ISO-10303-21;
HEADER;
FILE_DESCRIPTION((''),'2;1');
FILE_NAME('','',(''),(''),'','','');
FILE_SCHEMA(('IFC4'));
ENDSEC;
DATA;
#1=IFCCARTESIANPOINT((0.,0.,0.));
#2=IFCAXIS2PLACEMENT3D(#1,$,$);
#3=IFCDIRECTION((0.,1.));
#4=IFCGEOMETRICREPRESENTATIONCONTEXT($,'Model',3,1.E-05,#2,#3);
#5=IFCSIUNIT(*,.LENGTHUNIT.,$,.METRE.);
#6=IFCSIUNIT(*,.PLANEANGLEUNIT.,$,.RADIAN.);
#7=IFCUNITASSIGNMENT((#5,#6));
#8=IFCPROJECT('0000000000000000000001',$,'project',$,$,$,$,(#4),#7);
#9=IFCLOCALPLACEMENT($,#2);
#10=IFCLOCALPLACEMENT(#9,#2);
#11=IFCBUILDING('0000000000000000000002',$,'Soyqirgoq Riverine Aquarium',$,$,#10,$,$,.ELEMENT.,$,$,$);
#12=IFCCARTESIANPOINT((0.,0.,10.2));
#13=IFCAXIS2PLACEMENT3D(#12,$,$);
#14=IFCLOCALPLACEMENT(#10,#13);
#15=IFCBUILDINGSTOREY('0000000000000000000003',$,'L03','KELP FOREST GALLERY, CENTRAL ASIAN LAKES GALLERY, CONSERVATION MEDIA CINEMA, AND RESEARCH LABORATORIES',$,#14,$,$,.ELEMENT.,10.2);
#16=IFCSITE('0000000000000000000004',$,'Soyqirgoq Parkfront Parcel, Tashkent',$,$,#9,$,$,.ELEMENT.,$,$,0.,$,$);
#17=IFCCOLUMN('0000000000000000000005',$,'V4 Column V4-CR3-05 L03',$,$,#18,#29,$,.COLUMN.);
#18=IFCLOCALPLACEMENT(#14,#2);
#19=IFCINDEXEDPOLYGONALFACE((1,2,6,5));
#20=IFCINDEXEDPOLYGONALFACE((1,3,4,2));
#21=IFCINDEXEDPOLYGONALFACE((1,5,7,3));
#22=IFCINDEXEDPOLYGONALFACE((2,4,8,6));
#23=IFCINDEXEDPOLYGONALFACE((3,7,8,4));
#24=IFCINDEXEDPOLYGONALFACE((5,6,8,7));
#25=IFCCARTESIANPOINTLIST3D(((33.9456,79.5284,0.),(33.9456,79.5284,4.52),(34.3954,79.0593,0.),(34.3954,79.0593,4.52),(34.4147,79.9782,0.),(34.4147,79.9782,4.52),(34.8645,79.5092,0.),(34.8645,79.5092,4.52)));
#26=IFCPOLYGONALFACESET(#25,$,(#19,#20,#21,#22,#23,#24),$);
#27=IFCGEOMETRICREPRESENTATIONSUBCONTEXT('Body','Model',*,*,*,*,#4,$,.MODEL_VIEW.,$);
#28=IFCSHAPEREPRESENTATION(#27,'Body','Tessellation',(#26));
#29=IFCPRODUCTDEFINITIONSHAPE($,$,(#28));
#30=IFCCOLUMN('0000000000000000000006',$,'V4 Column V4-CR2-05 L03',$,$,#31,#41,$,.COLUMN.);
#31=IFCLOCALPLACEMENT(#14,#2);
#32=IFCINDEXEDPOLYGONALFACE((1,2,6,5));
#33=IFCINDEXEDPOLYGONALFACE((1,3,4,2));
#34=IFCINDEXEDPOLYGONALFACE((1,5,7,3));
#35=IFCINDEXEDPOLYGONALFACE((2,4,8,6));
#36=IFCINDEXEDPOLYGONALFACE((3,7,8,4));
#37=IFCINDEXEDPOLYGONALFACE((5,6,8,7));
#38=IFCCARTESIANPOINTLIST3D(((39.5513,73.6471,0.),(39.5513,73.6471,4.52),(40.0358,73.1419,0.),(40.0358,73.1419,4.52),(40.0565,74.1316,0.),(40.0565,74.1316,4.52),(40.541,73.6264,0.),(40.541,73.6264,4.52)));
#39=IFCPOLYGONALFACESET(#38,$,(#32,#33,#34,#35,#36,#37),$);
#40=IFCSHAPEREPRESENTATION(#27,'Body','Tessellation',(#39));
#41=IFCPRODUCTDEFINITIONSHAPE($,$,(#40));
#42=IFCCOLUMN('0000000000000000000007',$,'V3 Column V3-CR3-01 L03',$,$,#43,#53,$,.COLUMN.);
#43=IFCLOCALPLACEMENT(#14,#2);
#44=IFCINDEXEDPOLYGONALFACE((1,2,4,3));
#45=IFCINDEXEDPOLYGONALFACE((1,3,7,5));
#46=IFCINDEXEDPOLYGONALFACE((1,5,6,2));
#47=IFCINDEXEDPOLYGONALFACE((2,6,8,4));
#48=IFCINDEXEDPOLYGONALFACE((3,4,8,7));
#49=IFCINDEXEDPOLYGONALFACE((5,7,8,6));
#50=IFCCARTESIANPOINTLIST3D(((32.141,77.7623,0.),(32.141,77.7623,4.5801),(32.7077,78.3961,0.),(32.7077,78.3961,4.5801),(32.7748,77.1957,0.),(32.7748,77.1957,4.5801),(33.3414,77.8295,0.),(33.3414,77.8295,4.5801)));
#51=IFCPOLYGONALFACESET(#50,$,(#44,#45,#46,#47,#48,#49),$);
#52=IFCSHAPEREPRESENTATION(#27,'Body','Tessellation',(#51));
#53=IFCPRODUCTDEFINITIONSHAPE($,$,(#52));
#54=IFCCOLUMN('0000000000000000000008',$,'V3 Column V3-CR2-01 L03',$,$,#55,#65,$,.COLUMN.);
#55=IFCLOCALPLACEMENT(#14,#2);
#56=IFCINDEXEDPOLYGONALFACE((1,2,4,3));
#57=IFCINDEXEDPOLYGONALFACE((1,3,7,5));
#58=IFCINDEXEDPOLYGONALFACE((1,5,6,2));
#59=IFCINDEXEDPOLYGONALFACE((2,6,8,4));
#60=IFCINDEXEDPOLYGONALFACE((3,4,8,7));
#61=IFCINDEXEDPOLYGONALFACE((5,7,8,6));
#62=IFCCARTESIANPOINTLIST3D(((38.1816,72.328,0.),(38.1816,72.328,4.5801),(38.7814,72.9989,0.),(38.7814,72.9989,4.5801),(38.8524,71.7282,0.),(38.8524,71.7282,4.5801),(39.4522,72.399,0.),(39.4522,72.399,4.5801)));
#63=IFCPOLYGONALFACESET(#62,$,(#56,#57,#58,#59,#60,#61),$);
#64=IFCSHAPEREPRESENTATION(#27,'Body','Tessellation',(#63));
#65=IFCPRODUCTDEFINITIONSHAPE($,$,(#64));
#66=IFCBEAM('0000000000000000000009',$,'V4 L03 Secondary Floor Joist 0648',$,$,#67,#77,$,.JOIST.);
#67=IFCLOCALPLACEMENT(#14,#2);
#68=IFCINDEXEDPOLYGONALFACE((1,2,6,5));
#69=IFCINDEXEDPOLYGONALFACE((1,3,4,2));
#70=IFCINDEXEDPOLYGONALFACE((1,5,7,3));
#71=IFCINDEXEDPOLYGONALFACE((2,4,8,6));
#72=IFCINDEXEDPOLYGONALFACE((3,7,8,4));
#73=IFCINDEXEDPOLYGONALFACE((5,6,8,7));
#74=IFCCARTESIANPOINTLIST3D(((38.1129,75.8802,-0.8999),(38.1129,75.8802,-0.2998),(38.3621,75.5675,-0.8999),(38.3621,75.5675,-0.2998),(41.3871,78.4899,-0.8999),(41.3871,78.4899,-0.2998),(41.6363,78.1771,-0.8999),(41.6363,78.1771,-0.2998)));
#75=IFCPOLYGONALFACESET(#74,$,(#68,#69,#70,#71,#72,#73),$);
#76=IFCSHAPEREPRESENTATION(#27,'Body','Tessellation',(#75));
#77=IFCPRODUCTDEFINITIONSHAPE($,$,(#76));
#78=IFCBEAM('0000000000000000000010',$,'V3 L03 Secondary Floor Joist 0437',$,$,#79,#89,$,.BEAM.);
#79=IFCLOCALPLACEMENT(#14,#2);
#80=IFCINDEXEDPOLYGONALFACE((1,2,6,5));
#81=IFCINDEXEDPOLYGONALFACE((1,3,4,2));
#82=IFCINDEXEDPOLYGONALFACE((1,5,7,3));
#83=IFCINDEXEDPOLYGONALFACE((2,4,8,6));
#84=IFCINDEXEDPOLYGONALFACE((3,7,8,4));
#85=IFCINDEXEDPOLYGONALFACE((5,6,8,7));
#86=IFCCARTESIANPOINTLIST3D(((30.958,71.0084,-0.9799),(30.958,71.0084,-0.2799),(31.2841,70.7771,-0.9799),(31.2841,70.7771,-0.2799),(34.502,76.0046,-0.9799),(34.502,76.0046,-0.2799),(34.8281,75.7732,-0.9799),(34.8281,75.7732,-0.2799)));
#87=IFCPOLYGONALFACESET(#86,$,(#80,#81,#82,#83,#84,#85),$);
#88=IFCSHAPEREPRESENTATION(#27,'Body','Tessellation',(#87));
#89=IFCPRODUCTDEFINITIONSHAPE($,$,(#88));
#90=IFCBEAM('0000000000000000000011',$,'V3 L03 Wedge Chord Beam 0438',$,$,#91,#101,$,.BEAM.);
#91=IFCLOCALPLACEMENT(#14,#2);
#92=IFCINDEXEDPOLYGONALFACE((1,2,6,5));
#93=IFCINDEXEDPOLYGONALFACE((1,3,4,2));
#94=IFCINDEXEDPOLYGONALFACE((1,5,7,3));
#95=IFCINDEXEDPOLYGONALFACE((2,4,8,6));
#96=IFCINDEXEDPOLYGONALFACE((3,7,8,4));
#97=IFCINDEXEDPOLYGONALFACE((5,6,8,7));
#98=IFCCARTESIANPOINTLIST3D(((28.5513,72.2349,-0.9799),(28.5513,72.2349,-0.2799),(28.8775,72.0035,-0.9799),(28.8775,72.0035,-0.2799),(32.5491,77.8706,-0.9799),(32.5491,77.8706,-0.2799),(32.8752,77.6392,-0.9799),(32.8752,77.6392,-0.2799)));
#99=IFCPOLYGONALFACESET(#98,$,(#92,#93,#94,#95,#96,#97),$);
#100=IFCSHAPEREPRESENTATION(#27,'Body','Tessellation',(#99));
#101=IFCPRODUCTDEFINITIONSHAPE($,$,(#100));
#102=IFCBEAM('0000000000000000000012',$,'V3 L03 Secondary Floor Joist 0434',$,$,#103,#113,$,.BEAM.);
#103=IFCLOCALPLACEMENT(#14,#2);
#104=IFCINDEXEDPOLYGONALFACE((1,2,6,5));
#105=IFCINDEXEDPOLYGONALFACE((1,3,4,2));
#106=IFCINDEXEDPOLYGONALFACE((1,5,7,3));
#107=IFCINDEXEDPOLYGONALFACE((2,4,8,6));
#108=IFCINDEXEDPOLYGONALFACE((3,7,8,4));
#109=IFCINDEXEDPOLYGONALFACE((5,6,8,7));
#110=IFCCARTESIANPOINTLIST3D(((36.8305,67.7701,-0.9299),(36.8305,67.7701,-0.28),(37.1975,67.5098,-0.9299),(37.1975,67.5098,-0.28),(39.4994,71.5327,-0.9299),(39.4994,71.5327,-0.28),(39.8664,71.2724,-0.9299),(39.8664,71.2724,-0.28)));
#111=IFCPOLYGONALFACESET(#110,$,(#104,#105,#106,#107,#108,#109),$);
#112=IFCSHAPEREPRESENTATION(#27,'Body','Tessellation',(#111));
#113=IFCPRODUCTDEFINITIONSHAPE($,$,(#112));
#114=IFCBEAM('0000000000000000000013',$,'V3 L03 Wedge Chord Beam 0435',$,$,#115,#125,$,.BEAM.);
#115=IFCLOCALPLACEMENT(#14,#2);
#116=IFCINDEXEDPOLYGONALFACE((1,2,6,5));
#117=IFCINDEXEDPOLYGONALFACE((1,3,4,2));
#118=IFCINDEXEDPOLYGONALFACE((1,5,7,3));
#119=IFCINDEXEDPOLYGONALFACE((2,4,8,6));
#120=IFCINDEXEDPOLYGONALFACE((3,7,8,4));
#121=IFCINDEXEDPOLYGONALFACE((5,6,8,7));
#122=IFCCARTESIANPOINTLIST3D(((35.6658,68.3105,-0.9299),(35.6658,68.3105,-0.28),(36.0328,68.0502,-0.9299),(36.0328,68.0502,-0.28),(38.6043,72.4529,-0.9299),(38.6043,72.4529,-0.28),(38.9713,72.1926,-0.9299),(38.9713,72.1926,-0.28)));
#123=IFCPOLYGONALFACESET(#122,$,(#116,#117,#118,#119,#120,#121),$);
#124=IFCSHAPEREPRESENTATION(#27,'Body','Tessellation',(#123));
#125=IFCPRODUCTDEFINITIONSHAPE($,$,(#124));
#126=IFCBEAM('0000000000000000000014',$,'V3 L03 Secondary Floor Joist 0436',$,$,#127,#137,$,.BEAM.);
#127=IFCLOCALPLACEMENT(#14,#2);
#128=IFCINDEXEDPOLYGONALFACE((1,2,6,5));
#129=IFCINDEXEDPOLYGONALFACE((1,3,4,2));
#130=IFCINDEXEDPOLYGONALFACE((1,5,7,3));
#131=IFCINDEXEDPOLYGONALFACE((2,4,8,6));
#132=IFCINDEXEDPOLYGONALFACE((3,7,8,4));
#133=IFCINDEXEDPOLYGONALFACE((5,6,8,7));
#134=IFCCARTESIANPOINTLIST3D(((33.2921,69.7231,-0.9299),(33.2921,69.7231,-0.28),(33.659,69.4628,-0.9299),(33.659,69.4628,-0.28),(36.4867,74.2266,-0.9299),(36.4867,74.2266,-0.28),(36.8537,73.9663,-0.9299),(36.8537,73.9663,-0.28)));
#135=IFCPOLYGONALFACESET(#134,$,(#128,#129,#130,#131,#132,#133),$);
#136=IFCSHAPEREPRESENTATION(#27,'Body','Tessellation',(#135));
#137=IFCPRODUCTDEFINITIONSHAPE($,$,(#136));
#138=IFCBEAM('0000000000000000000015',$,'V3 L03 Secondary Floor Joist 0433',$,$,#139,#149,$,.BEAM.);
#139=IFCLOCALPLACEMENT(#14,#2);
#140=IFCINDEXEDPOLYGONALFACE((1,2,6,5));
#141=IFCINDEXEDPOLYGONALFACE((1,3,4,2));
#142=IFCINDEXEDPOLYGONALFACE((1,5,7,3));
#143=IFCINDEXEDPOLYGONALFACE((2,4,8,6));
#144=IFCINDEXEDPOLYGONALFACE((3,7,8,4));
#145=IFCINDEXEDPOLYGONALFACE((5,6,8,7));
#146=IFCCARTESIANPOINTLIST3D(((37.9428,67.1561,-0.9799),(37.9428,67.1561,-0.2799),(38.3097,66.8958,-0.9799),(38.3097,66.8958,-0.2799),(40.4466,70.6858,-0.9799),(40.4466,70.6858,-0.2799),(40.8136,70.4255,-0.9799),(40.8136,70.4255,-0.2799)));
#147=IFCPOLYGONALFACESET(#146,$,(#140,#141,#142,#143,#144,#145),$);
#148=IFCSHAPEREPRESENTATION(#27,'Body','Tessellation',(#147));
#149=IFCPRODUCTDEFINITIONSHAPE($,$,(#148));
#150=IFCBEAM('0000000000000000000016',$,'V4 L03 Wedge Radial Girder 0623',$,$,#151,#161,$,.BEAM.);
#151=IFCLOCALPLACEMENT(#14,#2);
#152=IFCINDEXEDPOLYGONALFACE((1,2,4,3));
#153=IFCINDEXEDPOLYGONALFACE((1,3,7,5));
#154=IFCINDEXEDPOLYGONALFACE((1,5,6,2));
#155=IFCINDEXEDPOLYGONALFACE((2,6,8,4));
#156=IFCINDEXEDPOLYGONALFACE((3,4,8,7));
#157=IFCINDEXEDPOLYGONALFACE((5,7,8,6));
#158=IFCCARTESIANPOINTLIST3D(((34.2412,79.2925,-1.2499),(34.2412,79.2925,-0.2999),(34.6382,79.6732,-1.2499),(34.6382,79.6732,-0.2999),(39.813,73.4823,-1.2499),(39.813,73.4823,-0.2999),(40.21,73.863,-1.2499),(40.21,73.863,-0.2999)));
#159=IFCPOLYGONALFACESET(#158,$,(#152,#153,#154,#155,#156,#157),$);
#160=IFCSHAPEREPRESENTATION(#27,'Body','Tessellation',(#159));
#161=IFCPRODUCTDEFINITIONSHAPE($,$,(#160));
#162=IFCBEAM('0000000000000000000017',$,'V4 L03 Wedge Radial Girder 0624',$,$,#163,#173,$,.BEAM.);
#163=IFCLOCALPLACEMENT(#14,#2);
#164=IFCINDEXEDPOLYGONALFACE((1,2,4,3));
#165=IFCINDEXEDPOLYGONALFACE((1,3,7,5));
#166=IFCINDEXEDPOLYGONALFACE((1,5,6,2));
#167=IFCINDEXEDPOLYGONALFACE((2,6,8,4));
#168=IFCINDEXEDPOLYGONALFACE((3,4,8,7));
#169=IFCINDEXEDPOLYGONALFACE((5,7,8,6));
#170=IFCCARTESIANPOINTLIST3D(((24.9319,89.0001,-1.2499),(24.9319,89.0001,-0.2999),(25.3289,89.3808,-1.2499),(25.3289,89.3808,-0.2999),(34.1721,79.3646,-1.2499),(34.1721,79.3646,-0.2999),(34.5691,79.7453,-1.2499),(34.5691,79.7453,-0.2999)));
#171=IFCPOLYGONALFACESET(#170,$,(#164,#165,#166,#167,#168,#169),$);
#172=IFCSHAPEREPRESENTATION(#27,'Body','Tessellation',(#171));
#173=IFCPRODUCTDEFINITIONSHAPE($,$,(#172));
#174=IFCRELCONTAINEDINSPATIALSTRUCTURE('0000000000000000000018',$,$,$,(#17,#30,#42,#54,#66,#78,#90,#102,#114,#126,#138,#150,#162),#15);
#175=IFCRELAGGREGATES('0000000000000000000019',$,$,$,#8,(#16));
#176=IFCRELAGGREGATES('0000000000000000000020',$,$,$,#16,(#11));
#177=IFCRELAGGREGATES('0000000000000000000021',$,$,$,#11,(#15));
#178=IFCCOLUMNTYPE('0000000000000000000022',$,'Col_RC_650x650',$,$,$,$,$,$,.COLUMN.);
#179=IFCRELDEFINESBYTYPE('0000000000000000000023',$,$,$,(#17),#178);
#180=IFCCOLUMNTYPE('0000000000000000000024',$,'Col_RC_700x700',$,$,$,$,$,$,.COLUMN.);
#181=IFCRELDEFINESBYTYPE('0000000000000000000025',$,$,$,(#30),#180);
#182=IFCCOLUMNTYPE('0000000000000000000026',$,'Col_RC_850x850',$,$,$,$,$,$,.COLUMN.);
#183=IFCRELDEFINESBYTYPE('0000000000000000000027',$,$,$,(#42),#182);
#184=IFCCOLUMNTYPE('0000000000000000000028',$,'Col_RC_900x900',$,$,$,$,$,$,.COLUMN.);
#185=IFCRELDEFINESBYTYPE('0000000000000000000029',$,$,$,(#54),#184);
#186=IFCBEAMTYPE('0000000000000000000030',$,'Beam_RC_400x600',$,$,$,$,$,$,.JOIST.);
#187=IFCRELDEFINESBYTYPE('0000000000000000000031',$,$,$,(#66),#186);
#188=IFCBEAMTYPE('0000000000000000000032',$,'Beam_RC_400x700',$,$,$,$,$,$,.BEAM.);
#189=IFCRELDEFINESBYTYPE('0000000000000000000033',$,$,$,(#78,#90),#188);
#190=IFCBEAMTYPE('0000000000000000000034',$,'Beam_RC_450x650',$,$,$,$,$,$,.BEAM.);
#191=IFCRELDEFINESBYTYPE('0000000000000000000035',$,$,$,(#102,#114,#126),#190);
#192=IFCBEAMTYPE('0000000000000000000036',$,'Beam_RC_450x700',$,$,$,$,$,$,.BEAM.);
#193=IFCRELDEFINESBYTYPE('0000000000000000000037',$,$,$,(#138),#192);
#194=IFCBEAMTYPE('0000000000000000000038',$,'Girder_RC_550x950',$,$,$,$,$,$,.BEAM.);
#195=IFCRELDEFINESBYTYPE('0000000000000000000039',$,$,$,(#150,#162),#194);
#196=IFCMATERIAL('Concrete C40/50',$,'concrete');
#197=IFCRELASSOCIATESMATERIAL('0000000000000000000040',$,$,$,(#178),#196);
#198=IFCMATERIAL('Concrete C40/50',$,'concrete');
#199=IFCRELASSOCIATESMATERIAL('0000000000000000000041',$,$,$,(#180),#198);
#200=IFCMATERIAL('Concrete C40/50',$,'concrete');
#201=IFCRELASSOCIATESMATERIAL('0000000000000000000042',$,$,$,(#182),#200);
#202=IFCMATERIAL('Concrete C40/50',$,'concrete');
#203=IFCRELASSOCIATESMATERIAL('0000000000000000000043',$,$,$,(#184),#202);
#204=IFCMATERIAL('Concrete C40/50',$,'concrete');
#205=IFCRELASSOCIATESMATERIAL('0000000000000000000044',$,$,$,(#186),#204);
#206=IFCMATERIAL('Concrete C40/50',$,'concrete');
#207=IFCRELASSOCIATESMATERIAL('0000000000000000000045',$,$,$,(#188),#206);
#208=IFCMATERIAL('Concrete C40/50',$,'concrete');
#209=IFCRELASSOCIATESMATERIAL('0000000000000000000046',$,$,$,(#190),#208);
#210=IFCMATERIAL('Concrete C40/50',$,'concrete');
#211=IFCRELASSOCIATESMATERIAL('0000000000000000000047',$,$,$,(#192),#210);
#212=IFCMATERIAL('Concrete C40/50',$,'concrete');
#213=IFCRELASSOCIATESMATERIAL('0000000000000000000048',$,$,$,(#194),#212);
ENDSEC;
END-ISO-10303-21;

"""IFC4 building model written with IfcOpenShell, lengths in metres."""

from ifc_helpers import new_model, si_unit, direction, frame, origin, origin_2d, place, context, subcontext, project, spatial, rectangle, extrude, material, material_profile, profile_set, type_object, element, save


model = new_model("IFC4")

# Units and contexts
model_context = context("Model", 3, precision=1e-05, world=origin(), true_north=direction((0.0, 1.0)))
body_context = subcontext(model_context, "Body", "Model", "MODEL_VIEW")
ifc_project = project(units=[si_unit("LENGTHUNIT", "METRE"), si_unit("PLANEANGLEUNIT", "RADIAN")], contexts=[model_context])

# Site, building, storey
site_placement = place(None, origin())
site = spatial("IfcSite", under=ifc_project, at=site_placement, Name="Soyqirgoq Parkfront Parcel, Tashkent", CompositionType="ELEMENT", RefElevation=0.0)
building_placement = place(site_placement, origin())
building = spatial("IfcBuilding", under=site, at=building_placement, Name="Soyqirgoq Riverine Aquarium", CompositionType="ELEMENT")
storey_placement = place(building_placement, frame((0.0, 0.0, 10.2)))
storey = spatial("IfcBuildingStorey", under=building, at=storey_placement, Name="L03", Description="KELP FOREST GALLERY, CENTRAL ASIAN LAKES GALLERY, CONSERVATION MEDIA CINEMA, AND RESEARCH LABORATORIES", CompositionType="ELEMENT", Elevation=10.2)

# Columns
ifc_material_1 = material(Name="Concrete C40/50", Category="concrete")
ifc_material_profile_1 = material_profile(ifc_material_1, rectangle(XDim=0.6499, YDim=0.6499, at=origin_2d()), Name="RC 650x650")
ifc_profile_set_1 = profile_set([ifc_material_profile_1], Name="Concrete C40/50")
column_type_1 = type_object("IfcColumnType", Name="Col_RC_650x650", PredefinedType="COLUMN", material=ifc_profile_set_1)
column_1_placement = place(storey_placement, frame((34.405, 79.5188, 0.0), z_axis=(0.0, 0.0, 1.0), x_axis=(-0.692143, 0.72176, 0.0)))
element("IfcColumn", 1, at=column_1_placement, inside=storey, type_object=column_type_1, Name="V4 Column V4-CR3-05 L03", PredefinedType="COLUMN", context=body_context, shape_type="SweptSolid", body=[
    extrude(rectangle(XDim=0.6499, YDim=0.6499, at=origin_2d()), origin(), (0.0, 0.0, 1.0), 4.52),
])
ifc_material_2 = material(Name="Concrete C40/50", Category="concrete")
ifc_material_profile_2 = material_profile(ifc_material_2, rectangle(XDim=0.7, YDim=0.7, at=origin_2d()), Name="RC 700x700")
ifc_profile_set_2 = profile_set([ifc_material_profile_2], Name="Concrete C40/50")
column_type_2 = type_object("IfcColumnType", Name="Col_RC_700x700", PredefinedType="COLUMN", material=ifc_profile_set_2)
column_2_placement = place(storey_placement, frame((40.0461, 73.6367, 0.0), z_axis=(0.0, 0.0, 1.0), x_axis=(-0.692143, 0.72176, 0.0)))
element("IfcColumn", 2, at=column_2_placement, inside=storey, type_object=column_type_2, Name="V4 Column V4-CR2-05 L03", PredefinedType="COLUMN", context=body_context, shape_type="SweptSolid", body=[
    extrude(rectangle(XDim=0.7, YDim=0.7, at=origin_2d()), origin(), (0.0, 0.0, 1.0), 4.52),
])
ifc_material_3 = material(Name="Concrete C40/50", Category="concrete")
ifc_material_profile_3 = material_profile(ifc_material_3, rectangle(XDim=0.8501, YDim=0.8501, at=origin_2d()), Name="RC 850x850")
ifc_profile_set_3 = profile_set([ifc_material_profile_3], Name="Concrete C40/50")
column_type_3 = type_object("IfcColumnType", Name="Col_RC_850x850", PredefinedType="COLUMN", material=ifc_profile_set_3)
column_3_placement = place(storey_placement, frame((32.7412, 77.7959, 0.0), z_axis=(0.0, 0.0, 1.0), x_axis=(-0.745476, 0.666532, 0.0)))
element("IfcColumn", 3, at=column_3_placement, inside=storey, type_object=column_type_3, Name="V3 Column V3-CR3-01 L03", PredefinedType="COLUMN", context=body_context, shape_type="SweptSolid", body=[
    extrude(rectangle(XDim=0.8501, YDim=0.8501, at=origin_2d()), origin(), (0.0, 0.0, 1.0), 4.5801),
])
ifc_material_4 = material(Name="Concrete C40/50", Category="concrete")
ifc_material_profile_4 = material_profile(ifc_material_4, rectangle(XDim=0.8999, YDim=0.8999, at=origin_2d()), Name="RC 900x900")
ifc_profile_set_4 = profile_set([ifc_material_profile_4], Name="Concrete C40/50")
column_type_4 = type_object("IfcColumnType", Name="Col_RC_900x900", PredefinedType="COLUMN", material=ifc_profile_set_4)
column_4_placement = place(storey_placement, frame((38.8169, 72.3635, 0.0), z_axis=(0.0, 0.0, 1.0), x_axis=(-0.745476, 0.666532, 0.0)))
element("IfcColumn", 4, at=column_4_placement, inside=storey, type_object=column_type_4, Name="V3 Column V3-CR2-01 L03", PredefinedType="COLUMN", context=body_context, shape_type="SweptSolid", body=[
    extrude(rectangle(XDim=0.8999, YDim=0.8999, at=origin_2d()), origin(), (0.0, 0.0, 1.0), 4.5801),
])

# Beams
ifc_material_5 = material(Name="Concrete C40/50", Category="concrete")
ifc_material_profile_5 = material_profile(ifc_material_5, rectangle(XDim=0.3999, YDim=0.6001, at=origin_2d()), Name="RC 400x600")
ifc_profile_set_5 = profile_set([ifc_material_profile_5], Name="Concrete C40/50")
beam_type_1 = type_object("IfcBeamType", Name="Beam_RC_400x600", PredefinedType="JOIST", material=ifc_profile_set_5)
beam_1_placement = place(storey_placement, frame((41.5117, 78.3335, -0.5999), z_axis=(-0.782, -0.623279, 0.0), x_axis=(0.623279, -0.782, 0.0)))
element("IfcBeam", 5, at=beam_1_placement, inside=storey, type_object=beam_type_1, Name="V4 L03 Secondary Floor Joist 0648", PredefinedType="JOIST", context=body_context, shape_type="SweptSolid", body=[
    extrude(rectangle(XDim=0.3999, YDim=0.6001, at=origin_2d()), origin(), (0.0, 0.0, 1.0), 4.187),
])
ifc_material_6 = material(Name="Concrete C40/50", Category="concrete")
ifc_material_profile_6 = material_profile(ifc_material_6, rectangle(XDim=0.3999, YDim=0.7, at=origin_2d()), Name="RC 400x700")
ifc_profile_set_6 = profile_set([ifc_material_profile_6], Name="Concrete C40/50")
beam_type_2 = type_object("IfcBeamType", Name="Beam_RC_400x700", PredefinedType="BEAM", material=ifc_profile_set_6)
beam_2_placement = place(storey_placement, frame((34.665, 75.8889, -0.6299), z_axis=(-0.578566, -0.815636, 0.0), x_axis=(0.815636, -0.578566, 0.0)))
element("IfcBeam", 6, at=beam_2_placement, inside=storey, type_object=beam_type_2, Name="V3 L03 Secondary Floor Joist 0437", PredefinedType="BEAM", context=body_context, shape_type="SweptSolid", body=[
    extrude(rectangle(XDim=0.3999, YDim=0.7, at=origin_2d()), origin(), (0.0, 0.0, 1.0), 6.1255),
])
beam_3_placement = place(storey_placement, frame((32.7122, 77.7549, -0.6299), z_axis=(-0.578578, -0.815627, 0.0), x_axis=(0.815627, -0.578578, 0.0)))
element("IfcBeam", 7, at=beam_3_placement, inside=storey, type_object=beam_type_2, Name="V3 L03 Wedge Chord Beam 0438", PredefinedType="BEAM", context=body_context, shape_type="SweptSolid", body=[
    extrude(rectangle(XDim=0.3999, YDim=0.7, at=origin_2d()), origin(), (0.0, 0.0, 1.0), 6.9097),
])
ifc_material_7 = material(Name="Concrete C40/50", Category="concrete")
ifc_material_profile_7 = material_profile(ifc_material_7, rectangle(XDim=0.45, YDim=0.6499, at=origin_2d()), Name="RC 450x650")
ifc_profile_set_7 = profile_set([ifc_material_profile_7], Name="Concrete C40/50")
beam_type_3 = type_object("IfcBeamType", Name="Beam_RC_450x650", PredefinedType="BEAM", material=ifc_profile_set_7)
beam_4_placement = place(storey_placement, frame((39.6829, 71.4026, -0.605), z_axis=(-0.578552, -0.815646, 0.0), x_axis=(0.815646, -0.578552, 0.0)))
element("IfcBeam", 8, at=beam_4_placement, inside=storey, type_object=beam_type_3, Name="V3 L03 Secondary Floor Joist 0434", PredefinedType="BEAM", context=body_context, shape_type="SweptSolid", body=[
    extrude(rectangle(XDim=0.45, YDim=0.6499, at=origin_2d()), origin(), (0.0, 0.0, 1.0), 4.613),
])
beam_5_placement = place(storey_placement, frame((38.7878, 72.3228, -0.605), z_axis=(-0.578584, -0.815623, 0.0), x_axis=(0.815623, -0.578584, 0.0)))
element("IfcBeam", 9, at=beam_5_placement, inside=storey, type_object=beam_type_3, Name="V3 L03 Wedge Chord Beam 0435", PredefinedType="BEAM", context=body_context, shape_type="SweptSolid", body=[
    extrude(rectangle(XDim=0.45, YDim=0.6499, at=origin_2d()), origin(), (0.0, 0.0, 1.0), 5.0789),
])
beam_6_placement = place(storey_placement, frame((36.6702, 74.0964, -0.605), z_axis=(-0.578579, -0.815626, 0.0), x_axis=(0.815626, -0.578579, 0.0)))
element("IfcBeam", 10, at=beam_6_placement, inside=storey, type_object=beam_type_3, Name="V3 L03 Secondary Floor Joist 0436", PredefinedType="BEAM", context=body_context, shape_type="SweptSolid", body=[
    extrude(rectangle(XDim=0.45, YDim=0.6499, at=origin_2d()), origin(), (0.0, 0.0, 1.0), 5.5215),
])
ifc_material_8 = material(Name="Concrete C40/50", Category="concrete")
ifc_material_profile_8 = material_profile(ifc_material_8, rectangle(XDim=0.45, YDim=0.7, at=origin_2d()), Name="RC 450x700")
ifc_profile_set_8 = profile_set([ifc_material_profile_8], Name="Concrete C40/50")
beam_type_4 = type_object("IfcBeamType", Name="Beam_RC_450x700", PredefinedType="BEAM", material=ifc_profile_set_8)
beam_7_placement = place(storey_placement, frame((40.6301, 70.5557, -0.6299), z_axis=(-0.578578, -0.815627, 0.0), x_axis=(0.815627, -0.578578, 0.0)))
element("IfcBeam", 11, at=beam_7_placement, inside=storey, type_object=beam_type_4, Name="V3 L03 Secondary Floor Joist 0433", PredefinedType="BEAM", context=body_context, shape_type="SweptSolid", body=[
    extrude(rectangle(XDim=0.45, YDim=0.7, at=origin_2d()), origin(), (0.0, 0.0, 1.0), 4.3276),
])
ifc_material_9 = material(Name="Concrete C40/50", Category="concrete")
ifc_material_profile_9 = material_profile(ifc_material_9, rectangle(XDim=0.55, YDim=0.95, at=origin_2d()), Name="RC 550x950")
ifc_profile_set_9 = profile_set([ifc_material_profile_9], Name="Concrete C40/50")
beam_type_5 = type_object("IfcBeamType", Name="Girder_RC_550x950", PredefinedType="BEAM", material=ifc_profile_set_9)
beam_8_placement = place(storey_placement, frame((40.0115, 73.6726, -0.7749), z_axis=(-0.692137, 0.721767, 0.0), x_axis=(-0.721767, -0.692137, 0.0)))
element("IfcBeam", 12, at=beam_8_placement, inside=storey, type_object=beam_type_5, Name="V4 L03 Wedge Radial Girder 0623", PredefinedType="BEAM", context=body_context, shape_type="SweptSolid", body=[
    extrude(rectangle(XDim=0.55, YDim=0.95, at=origin_2d()), origin(), (0.0, 0.0, 1.0), 8.05),
])
beam_9_placement = place(storey_placement, frame((34.3706, 79.5549, -0.7749), z_axis=(-0.692148, 0.721756, 0.0), x_axis=(-0.721756, -0.692148, 0.0)))
element("IfcBeam", 13, at=beam_9_placement, inside=storey, type_object=beam_type_5, Name="V4 L03 Wedge Radial Girder 0624", PredefinedType="BEAM", context=body_context, shape_type="SweptSolid", body=[
    extrude(rectangle(XDim=0.55, YDim=0.95, at=origin_2d()), origin(), (0.0, 0.0, 1.0), 13.3501),
])

save(model, "model.ifc")
